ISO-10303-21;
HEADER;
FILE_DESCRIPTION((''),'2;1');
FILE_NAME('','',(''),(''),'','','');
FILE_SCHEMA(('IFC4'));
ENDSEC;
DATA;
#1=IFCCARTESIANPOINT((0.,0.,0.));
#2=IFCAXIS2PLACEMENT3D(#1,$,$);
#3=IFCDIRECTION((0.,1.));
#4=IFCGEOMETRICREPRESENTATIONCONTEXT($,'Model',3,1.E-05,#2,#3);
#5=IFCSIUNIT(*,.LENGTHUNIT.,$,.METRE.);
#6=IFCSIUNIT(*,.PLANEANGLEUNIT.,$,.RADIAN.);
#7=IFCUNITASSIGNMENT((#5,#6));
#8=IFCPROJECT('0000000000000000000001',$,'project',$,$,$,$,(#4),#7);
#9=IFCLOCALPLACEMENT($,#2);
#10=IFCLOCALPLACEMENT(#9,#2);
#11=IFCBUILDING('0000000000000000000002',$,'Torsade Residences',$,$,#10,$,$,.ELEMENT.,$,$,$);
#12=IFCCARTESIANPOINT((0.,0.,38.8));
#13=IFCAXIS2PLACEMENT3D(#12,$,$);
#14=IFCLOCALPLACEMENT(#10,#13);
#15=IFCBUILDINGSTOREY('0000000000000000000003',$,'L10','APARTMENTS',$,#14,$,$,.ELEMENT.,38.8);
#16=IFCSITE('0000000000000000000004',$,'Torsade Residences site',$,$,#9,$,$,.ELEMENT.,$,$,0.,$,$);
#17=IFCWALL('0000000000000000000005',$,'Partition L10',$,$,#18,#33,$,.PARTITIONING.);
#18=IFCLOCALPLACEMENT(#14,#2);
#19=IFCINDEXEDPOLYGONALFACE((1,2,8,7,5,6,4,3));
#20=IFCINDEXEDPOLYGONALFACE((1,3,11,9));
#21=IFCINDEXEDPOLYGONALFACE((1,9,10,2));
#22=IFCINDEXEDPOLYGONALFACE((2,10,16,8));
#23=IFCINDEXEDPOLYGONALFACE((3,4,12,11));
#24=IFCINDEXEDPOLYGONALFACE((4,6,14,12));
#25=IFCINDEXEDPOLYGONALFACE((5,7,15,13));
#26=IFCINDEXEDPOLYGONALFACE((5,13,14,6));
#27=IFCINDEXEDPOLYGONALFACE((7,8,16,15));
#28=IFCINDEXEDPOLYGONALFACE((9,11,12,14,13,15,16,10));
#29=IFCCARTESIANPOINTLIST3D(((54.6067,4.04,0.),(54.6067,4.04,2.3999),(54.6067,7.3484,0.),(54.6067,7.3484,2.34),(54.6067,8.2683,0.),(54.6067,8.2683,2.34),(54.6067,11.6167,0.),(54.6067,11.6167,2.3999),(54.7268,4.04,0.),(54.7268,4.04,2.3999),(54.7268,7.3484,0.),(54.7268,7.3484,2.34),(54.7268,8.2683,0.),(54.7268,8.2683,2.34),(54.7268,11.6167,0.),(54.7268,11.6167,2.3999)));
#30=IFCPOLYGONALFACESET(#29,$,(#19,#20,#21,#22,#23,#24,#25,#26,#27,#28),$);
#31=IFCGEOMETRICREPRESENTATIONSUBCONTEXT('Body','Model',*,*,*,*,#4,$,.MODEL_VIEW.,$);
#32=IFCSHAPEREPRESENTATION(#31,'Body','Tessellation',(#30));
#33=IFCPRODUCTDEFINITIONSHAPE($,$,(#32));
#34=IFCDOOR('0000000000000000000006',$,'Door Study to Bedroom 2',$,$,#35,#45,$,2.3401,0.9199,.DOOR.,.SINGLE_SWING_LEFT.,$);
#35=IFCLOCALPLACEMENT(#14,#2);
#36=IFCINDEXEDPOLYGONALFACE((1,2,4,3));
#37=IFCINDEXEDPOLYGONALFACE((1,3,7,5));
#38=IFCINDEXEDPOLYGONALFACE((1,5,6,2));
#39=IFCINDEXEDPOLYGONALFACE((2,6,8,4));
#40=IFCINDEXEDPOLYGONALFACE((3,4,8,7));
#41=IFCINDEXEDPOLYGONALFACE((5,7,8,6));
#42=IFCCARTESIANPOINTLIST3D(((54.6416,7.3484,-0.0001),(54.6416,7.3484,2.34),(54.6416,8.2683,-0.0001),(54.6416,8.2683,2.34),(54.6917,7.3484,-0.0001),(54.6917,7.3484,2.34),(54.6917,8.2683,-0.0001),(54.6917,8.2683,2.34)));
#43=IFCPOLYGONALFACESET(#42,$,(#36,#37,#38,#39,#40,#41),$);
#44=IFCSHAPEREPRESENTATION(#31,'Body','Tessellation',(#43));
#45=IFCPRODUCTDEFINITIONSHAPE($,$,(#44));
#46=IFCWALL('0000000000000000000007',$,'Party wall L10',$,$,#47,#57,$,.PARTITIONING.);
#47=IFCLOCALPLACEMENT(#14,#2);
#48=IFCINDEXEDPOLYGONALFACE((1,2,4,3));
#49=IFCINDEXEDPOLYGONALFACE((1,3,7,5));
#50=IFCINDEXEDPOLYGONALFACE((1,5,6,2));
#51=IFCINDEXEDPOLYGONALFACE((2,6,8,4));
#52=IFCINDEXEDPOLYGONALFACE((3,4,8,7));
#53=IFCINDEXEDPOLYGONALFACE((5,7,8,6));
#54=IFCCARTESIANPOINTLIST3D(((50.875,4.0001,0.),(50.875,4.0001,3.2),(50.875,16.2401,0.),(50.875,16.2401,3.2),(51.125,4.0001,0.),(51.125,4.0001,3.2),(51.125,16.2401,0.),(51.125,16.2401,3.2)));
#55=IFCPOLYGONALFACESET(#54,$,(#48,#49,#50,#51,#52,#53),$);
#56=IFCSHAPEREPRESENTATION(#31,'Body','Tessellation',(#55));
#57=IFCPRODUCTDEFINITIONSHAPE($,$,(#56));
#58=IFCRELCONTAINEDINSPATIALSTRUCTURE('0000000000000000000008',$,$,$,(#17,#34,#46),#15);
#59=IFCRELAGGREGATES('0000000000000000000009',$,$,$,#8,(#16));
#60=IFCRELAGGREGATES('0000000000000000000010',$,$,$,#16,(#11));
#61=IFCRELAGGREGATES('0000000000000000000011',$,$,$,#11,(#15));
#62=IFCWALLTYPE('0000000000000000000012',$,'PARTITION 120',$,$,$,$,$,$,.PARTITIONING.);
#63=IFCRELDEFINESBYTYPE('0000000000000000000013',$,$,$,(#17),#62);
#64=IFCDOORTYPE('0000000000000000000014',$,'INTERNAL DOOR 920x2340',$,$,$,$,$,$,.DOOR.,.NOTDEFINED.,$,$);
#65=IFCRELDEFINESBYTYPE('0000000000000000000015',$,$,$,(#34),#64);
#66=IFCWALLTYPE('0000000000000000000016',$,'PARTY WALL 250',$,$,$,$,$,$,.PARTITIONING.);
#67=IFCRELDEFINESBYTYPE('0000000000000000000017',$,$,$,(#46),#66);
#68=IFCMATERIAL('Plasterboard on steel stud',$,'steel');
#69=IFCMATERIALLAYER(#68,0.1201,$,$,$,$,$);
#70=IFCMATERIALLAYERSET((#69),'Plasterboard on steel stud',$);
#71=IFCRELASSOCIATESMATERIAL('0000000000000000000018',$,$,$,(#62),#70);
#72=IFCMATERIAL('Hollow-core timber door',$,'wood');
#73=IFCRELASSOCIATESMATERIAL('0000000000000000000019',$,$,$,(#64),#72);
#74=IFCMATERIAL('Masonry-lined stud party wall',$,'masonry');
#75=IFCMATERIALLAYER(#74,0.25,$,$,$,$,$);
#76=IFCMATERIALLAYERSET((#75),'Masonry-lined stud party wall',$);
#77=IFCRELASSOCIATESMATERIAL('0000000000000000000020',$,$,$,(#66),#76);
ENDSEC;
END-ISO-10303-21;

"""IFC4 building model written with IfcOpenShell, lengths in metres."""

from ifc_helpers import new_model, si_unit, direction, frame, frame_2d, origin, place, context, subcontext, project, spatial, rectangle, extrude, material, layer, layer_set, type_object, element, fill, save


model = new_model("IFC4")

# Units and contexts
model_context = context("Model", 3, precision=1e-05, world=origin(), true_north=direction((0.0, 1.0)))
body_context = subcontext(model_context, "Body", "Model", "MODEL_VIEW")
ifc_project = project(units=[si_unit("LENGTHUNIT", "METRE"), si_unit("PLANEANGLEUNIT", "RADIAN")], contexts=[model_context])

# Site, building, storey
site_placement = place(None, origin())
site = spatial("IfcSite", under=ifc_project, at=site_placement, Name="Torsade Residences site", CompositionType="ELEMENT", RefElevation=0.0)
building_placement = place(site_placement, origin())
building = spatial("IfcBuilding", under=site, at=building_placement, Name="Torsade Residences", CompositionType="ELEMENT")
storey_placement = place(building_placement, frame((0.0, 0.0, 38.8)))
storey = spatial("IfcBuildingStorey", under=building, at=storey_placement, Name="L10", Description="APARTMENTS", CompositionType="ELEMENT", Elevation=38.8)

# Wall, opening, door
ifc_material_1 = material(Name="Plasterboard on steel stud", Category="steel")
ifc_layer_1 = layer(ifc_material_1, 0.1201)
ifc_layer_set_1 = layer_set([ifc_layer_1], Name="Plasterboard on steel stud")
wall_type_1 = type_object("IfcWallType", Name="PARTITION 120", PredefinedType="PARTITIONING", material=ifc_layer_set_1)
wall_1_placement = place(storey_placement, frame((54.6667, 11.6167, 0.0), z_axis=(0.0, 0.0, 1.0), x_axis=(0.0, -1.0, 0.0)))
wall_1 = element("IfcWall", 1, at=wall_1_placement, inside=storey, type_object=wall_type_1, Name="Partition L10", PredefinedType="PARTITIONING", context=body_context, shape_type="SweptSolid", body=[
    extrude(rectangle(XDim=7.5767, YDim=0.1201, at=frame_2d((3.7883, 0.0))), origin(), (0.0, 0.0, 1.0), 2.3999),
])
opening_placement = place(wall_1_placement, frame((3.3484, 0.0, 0.0)))
opening = element("IfcOpeningElement", 2, at=opening_placement, cuts=wall_1, PredefinedType="OPENING", context=body_context, shape_type="SweptSolid", body=[
    extrude(rectangle(XDim=0.9199, YDim=2.3401, at=frame_2d((0.46, 1.1699))), frame((0.0, 0.0701, 0.0), z_axis=(0.0, -1.0, 0.0), x_axis=(1.0, 0.0, 0.0)), (0.0, 0.0, 1.0), 0.1401),
])
ifc_material_2 = material(Name="Hollow-core timber door", Category="wood")
door_type = type_object("IfcDoorType", Name="INTERNAL DOOR 920x2340", OperationType="NOTDEFINED", PredefinedType="DOOR", material=ifc_material_2)
door_placement = place(opening_placement, origin())
door = element("IfcDoor", 3, at=door_placement, inside=storey, type_object=door_type, Name="Door Study to Bedroom 2", OperationType="SINGLE_SWING_LEFT", OverallHeight=2.3401, OverallWidth=0.9199, PredefinedType="DOOR", context=body_context, shape_type="SweptSolid", body=[
    extrude(rectangle(XDim=0.9199, YDim=2.3401, at=frame_2d((0.46, 1.1699))), frame((0.0, 0.0249, 0.0), z_axis=(0.0, -1.0, 0.0), x_axis=(1.0, 0.0, 0.0)), (0.0, 0.0, 1.0), 0.05),
])
fill(opening, door)

# Wall
ifc_material_3 = material(Name="Masonry-lined stud party wall", Category="masonry")
ifc_layer_2 = layer(ifc_material_3, 0.25)
ifc_layer_set_2 = layer_set([ifc_layer_2], Name="Masonry-lined stud party wall")
wall_type_2 = type_object("IfcWallType", Name="PARTY WALL 250", PredefinedType="PARTITIONING", material=ifc_layer_set_2)
wall_2_placement = place(storey_placement, frame((51.0, 4.0, 0.0), z_axis=(0.0, 0.0, 1.0), x_axis=(0.0, 1.0, 0.0)))
element("IfcWall", 4, at=wall_2_placement, inside=storey, type_object=wall_type_2, Name="Party wall L10", PredefinedType="PARTITIONING", context=body_context, shape_type="SweptSolid", body=[
    extrude(rectangle(XDim=12.24, YDim=0.25, at=frame_2d((6.1201, 0.0))), origin(), (0.0, 0.0, 1.0), 3.2),
])

save(model, "model.ifc")
